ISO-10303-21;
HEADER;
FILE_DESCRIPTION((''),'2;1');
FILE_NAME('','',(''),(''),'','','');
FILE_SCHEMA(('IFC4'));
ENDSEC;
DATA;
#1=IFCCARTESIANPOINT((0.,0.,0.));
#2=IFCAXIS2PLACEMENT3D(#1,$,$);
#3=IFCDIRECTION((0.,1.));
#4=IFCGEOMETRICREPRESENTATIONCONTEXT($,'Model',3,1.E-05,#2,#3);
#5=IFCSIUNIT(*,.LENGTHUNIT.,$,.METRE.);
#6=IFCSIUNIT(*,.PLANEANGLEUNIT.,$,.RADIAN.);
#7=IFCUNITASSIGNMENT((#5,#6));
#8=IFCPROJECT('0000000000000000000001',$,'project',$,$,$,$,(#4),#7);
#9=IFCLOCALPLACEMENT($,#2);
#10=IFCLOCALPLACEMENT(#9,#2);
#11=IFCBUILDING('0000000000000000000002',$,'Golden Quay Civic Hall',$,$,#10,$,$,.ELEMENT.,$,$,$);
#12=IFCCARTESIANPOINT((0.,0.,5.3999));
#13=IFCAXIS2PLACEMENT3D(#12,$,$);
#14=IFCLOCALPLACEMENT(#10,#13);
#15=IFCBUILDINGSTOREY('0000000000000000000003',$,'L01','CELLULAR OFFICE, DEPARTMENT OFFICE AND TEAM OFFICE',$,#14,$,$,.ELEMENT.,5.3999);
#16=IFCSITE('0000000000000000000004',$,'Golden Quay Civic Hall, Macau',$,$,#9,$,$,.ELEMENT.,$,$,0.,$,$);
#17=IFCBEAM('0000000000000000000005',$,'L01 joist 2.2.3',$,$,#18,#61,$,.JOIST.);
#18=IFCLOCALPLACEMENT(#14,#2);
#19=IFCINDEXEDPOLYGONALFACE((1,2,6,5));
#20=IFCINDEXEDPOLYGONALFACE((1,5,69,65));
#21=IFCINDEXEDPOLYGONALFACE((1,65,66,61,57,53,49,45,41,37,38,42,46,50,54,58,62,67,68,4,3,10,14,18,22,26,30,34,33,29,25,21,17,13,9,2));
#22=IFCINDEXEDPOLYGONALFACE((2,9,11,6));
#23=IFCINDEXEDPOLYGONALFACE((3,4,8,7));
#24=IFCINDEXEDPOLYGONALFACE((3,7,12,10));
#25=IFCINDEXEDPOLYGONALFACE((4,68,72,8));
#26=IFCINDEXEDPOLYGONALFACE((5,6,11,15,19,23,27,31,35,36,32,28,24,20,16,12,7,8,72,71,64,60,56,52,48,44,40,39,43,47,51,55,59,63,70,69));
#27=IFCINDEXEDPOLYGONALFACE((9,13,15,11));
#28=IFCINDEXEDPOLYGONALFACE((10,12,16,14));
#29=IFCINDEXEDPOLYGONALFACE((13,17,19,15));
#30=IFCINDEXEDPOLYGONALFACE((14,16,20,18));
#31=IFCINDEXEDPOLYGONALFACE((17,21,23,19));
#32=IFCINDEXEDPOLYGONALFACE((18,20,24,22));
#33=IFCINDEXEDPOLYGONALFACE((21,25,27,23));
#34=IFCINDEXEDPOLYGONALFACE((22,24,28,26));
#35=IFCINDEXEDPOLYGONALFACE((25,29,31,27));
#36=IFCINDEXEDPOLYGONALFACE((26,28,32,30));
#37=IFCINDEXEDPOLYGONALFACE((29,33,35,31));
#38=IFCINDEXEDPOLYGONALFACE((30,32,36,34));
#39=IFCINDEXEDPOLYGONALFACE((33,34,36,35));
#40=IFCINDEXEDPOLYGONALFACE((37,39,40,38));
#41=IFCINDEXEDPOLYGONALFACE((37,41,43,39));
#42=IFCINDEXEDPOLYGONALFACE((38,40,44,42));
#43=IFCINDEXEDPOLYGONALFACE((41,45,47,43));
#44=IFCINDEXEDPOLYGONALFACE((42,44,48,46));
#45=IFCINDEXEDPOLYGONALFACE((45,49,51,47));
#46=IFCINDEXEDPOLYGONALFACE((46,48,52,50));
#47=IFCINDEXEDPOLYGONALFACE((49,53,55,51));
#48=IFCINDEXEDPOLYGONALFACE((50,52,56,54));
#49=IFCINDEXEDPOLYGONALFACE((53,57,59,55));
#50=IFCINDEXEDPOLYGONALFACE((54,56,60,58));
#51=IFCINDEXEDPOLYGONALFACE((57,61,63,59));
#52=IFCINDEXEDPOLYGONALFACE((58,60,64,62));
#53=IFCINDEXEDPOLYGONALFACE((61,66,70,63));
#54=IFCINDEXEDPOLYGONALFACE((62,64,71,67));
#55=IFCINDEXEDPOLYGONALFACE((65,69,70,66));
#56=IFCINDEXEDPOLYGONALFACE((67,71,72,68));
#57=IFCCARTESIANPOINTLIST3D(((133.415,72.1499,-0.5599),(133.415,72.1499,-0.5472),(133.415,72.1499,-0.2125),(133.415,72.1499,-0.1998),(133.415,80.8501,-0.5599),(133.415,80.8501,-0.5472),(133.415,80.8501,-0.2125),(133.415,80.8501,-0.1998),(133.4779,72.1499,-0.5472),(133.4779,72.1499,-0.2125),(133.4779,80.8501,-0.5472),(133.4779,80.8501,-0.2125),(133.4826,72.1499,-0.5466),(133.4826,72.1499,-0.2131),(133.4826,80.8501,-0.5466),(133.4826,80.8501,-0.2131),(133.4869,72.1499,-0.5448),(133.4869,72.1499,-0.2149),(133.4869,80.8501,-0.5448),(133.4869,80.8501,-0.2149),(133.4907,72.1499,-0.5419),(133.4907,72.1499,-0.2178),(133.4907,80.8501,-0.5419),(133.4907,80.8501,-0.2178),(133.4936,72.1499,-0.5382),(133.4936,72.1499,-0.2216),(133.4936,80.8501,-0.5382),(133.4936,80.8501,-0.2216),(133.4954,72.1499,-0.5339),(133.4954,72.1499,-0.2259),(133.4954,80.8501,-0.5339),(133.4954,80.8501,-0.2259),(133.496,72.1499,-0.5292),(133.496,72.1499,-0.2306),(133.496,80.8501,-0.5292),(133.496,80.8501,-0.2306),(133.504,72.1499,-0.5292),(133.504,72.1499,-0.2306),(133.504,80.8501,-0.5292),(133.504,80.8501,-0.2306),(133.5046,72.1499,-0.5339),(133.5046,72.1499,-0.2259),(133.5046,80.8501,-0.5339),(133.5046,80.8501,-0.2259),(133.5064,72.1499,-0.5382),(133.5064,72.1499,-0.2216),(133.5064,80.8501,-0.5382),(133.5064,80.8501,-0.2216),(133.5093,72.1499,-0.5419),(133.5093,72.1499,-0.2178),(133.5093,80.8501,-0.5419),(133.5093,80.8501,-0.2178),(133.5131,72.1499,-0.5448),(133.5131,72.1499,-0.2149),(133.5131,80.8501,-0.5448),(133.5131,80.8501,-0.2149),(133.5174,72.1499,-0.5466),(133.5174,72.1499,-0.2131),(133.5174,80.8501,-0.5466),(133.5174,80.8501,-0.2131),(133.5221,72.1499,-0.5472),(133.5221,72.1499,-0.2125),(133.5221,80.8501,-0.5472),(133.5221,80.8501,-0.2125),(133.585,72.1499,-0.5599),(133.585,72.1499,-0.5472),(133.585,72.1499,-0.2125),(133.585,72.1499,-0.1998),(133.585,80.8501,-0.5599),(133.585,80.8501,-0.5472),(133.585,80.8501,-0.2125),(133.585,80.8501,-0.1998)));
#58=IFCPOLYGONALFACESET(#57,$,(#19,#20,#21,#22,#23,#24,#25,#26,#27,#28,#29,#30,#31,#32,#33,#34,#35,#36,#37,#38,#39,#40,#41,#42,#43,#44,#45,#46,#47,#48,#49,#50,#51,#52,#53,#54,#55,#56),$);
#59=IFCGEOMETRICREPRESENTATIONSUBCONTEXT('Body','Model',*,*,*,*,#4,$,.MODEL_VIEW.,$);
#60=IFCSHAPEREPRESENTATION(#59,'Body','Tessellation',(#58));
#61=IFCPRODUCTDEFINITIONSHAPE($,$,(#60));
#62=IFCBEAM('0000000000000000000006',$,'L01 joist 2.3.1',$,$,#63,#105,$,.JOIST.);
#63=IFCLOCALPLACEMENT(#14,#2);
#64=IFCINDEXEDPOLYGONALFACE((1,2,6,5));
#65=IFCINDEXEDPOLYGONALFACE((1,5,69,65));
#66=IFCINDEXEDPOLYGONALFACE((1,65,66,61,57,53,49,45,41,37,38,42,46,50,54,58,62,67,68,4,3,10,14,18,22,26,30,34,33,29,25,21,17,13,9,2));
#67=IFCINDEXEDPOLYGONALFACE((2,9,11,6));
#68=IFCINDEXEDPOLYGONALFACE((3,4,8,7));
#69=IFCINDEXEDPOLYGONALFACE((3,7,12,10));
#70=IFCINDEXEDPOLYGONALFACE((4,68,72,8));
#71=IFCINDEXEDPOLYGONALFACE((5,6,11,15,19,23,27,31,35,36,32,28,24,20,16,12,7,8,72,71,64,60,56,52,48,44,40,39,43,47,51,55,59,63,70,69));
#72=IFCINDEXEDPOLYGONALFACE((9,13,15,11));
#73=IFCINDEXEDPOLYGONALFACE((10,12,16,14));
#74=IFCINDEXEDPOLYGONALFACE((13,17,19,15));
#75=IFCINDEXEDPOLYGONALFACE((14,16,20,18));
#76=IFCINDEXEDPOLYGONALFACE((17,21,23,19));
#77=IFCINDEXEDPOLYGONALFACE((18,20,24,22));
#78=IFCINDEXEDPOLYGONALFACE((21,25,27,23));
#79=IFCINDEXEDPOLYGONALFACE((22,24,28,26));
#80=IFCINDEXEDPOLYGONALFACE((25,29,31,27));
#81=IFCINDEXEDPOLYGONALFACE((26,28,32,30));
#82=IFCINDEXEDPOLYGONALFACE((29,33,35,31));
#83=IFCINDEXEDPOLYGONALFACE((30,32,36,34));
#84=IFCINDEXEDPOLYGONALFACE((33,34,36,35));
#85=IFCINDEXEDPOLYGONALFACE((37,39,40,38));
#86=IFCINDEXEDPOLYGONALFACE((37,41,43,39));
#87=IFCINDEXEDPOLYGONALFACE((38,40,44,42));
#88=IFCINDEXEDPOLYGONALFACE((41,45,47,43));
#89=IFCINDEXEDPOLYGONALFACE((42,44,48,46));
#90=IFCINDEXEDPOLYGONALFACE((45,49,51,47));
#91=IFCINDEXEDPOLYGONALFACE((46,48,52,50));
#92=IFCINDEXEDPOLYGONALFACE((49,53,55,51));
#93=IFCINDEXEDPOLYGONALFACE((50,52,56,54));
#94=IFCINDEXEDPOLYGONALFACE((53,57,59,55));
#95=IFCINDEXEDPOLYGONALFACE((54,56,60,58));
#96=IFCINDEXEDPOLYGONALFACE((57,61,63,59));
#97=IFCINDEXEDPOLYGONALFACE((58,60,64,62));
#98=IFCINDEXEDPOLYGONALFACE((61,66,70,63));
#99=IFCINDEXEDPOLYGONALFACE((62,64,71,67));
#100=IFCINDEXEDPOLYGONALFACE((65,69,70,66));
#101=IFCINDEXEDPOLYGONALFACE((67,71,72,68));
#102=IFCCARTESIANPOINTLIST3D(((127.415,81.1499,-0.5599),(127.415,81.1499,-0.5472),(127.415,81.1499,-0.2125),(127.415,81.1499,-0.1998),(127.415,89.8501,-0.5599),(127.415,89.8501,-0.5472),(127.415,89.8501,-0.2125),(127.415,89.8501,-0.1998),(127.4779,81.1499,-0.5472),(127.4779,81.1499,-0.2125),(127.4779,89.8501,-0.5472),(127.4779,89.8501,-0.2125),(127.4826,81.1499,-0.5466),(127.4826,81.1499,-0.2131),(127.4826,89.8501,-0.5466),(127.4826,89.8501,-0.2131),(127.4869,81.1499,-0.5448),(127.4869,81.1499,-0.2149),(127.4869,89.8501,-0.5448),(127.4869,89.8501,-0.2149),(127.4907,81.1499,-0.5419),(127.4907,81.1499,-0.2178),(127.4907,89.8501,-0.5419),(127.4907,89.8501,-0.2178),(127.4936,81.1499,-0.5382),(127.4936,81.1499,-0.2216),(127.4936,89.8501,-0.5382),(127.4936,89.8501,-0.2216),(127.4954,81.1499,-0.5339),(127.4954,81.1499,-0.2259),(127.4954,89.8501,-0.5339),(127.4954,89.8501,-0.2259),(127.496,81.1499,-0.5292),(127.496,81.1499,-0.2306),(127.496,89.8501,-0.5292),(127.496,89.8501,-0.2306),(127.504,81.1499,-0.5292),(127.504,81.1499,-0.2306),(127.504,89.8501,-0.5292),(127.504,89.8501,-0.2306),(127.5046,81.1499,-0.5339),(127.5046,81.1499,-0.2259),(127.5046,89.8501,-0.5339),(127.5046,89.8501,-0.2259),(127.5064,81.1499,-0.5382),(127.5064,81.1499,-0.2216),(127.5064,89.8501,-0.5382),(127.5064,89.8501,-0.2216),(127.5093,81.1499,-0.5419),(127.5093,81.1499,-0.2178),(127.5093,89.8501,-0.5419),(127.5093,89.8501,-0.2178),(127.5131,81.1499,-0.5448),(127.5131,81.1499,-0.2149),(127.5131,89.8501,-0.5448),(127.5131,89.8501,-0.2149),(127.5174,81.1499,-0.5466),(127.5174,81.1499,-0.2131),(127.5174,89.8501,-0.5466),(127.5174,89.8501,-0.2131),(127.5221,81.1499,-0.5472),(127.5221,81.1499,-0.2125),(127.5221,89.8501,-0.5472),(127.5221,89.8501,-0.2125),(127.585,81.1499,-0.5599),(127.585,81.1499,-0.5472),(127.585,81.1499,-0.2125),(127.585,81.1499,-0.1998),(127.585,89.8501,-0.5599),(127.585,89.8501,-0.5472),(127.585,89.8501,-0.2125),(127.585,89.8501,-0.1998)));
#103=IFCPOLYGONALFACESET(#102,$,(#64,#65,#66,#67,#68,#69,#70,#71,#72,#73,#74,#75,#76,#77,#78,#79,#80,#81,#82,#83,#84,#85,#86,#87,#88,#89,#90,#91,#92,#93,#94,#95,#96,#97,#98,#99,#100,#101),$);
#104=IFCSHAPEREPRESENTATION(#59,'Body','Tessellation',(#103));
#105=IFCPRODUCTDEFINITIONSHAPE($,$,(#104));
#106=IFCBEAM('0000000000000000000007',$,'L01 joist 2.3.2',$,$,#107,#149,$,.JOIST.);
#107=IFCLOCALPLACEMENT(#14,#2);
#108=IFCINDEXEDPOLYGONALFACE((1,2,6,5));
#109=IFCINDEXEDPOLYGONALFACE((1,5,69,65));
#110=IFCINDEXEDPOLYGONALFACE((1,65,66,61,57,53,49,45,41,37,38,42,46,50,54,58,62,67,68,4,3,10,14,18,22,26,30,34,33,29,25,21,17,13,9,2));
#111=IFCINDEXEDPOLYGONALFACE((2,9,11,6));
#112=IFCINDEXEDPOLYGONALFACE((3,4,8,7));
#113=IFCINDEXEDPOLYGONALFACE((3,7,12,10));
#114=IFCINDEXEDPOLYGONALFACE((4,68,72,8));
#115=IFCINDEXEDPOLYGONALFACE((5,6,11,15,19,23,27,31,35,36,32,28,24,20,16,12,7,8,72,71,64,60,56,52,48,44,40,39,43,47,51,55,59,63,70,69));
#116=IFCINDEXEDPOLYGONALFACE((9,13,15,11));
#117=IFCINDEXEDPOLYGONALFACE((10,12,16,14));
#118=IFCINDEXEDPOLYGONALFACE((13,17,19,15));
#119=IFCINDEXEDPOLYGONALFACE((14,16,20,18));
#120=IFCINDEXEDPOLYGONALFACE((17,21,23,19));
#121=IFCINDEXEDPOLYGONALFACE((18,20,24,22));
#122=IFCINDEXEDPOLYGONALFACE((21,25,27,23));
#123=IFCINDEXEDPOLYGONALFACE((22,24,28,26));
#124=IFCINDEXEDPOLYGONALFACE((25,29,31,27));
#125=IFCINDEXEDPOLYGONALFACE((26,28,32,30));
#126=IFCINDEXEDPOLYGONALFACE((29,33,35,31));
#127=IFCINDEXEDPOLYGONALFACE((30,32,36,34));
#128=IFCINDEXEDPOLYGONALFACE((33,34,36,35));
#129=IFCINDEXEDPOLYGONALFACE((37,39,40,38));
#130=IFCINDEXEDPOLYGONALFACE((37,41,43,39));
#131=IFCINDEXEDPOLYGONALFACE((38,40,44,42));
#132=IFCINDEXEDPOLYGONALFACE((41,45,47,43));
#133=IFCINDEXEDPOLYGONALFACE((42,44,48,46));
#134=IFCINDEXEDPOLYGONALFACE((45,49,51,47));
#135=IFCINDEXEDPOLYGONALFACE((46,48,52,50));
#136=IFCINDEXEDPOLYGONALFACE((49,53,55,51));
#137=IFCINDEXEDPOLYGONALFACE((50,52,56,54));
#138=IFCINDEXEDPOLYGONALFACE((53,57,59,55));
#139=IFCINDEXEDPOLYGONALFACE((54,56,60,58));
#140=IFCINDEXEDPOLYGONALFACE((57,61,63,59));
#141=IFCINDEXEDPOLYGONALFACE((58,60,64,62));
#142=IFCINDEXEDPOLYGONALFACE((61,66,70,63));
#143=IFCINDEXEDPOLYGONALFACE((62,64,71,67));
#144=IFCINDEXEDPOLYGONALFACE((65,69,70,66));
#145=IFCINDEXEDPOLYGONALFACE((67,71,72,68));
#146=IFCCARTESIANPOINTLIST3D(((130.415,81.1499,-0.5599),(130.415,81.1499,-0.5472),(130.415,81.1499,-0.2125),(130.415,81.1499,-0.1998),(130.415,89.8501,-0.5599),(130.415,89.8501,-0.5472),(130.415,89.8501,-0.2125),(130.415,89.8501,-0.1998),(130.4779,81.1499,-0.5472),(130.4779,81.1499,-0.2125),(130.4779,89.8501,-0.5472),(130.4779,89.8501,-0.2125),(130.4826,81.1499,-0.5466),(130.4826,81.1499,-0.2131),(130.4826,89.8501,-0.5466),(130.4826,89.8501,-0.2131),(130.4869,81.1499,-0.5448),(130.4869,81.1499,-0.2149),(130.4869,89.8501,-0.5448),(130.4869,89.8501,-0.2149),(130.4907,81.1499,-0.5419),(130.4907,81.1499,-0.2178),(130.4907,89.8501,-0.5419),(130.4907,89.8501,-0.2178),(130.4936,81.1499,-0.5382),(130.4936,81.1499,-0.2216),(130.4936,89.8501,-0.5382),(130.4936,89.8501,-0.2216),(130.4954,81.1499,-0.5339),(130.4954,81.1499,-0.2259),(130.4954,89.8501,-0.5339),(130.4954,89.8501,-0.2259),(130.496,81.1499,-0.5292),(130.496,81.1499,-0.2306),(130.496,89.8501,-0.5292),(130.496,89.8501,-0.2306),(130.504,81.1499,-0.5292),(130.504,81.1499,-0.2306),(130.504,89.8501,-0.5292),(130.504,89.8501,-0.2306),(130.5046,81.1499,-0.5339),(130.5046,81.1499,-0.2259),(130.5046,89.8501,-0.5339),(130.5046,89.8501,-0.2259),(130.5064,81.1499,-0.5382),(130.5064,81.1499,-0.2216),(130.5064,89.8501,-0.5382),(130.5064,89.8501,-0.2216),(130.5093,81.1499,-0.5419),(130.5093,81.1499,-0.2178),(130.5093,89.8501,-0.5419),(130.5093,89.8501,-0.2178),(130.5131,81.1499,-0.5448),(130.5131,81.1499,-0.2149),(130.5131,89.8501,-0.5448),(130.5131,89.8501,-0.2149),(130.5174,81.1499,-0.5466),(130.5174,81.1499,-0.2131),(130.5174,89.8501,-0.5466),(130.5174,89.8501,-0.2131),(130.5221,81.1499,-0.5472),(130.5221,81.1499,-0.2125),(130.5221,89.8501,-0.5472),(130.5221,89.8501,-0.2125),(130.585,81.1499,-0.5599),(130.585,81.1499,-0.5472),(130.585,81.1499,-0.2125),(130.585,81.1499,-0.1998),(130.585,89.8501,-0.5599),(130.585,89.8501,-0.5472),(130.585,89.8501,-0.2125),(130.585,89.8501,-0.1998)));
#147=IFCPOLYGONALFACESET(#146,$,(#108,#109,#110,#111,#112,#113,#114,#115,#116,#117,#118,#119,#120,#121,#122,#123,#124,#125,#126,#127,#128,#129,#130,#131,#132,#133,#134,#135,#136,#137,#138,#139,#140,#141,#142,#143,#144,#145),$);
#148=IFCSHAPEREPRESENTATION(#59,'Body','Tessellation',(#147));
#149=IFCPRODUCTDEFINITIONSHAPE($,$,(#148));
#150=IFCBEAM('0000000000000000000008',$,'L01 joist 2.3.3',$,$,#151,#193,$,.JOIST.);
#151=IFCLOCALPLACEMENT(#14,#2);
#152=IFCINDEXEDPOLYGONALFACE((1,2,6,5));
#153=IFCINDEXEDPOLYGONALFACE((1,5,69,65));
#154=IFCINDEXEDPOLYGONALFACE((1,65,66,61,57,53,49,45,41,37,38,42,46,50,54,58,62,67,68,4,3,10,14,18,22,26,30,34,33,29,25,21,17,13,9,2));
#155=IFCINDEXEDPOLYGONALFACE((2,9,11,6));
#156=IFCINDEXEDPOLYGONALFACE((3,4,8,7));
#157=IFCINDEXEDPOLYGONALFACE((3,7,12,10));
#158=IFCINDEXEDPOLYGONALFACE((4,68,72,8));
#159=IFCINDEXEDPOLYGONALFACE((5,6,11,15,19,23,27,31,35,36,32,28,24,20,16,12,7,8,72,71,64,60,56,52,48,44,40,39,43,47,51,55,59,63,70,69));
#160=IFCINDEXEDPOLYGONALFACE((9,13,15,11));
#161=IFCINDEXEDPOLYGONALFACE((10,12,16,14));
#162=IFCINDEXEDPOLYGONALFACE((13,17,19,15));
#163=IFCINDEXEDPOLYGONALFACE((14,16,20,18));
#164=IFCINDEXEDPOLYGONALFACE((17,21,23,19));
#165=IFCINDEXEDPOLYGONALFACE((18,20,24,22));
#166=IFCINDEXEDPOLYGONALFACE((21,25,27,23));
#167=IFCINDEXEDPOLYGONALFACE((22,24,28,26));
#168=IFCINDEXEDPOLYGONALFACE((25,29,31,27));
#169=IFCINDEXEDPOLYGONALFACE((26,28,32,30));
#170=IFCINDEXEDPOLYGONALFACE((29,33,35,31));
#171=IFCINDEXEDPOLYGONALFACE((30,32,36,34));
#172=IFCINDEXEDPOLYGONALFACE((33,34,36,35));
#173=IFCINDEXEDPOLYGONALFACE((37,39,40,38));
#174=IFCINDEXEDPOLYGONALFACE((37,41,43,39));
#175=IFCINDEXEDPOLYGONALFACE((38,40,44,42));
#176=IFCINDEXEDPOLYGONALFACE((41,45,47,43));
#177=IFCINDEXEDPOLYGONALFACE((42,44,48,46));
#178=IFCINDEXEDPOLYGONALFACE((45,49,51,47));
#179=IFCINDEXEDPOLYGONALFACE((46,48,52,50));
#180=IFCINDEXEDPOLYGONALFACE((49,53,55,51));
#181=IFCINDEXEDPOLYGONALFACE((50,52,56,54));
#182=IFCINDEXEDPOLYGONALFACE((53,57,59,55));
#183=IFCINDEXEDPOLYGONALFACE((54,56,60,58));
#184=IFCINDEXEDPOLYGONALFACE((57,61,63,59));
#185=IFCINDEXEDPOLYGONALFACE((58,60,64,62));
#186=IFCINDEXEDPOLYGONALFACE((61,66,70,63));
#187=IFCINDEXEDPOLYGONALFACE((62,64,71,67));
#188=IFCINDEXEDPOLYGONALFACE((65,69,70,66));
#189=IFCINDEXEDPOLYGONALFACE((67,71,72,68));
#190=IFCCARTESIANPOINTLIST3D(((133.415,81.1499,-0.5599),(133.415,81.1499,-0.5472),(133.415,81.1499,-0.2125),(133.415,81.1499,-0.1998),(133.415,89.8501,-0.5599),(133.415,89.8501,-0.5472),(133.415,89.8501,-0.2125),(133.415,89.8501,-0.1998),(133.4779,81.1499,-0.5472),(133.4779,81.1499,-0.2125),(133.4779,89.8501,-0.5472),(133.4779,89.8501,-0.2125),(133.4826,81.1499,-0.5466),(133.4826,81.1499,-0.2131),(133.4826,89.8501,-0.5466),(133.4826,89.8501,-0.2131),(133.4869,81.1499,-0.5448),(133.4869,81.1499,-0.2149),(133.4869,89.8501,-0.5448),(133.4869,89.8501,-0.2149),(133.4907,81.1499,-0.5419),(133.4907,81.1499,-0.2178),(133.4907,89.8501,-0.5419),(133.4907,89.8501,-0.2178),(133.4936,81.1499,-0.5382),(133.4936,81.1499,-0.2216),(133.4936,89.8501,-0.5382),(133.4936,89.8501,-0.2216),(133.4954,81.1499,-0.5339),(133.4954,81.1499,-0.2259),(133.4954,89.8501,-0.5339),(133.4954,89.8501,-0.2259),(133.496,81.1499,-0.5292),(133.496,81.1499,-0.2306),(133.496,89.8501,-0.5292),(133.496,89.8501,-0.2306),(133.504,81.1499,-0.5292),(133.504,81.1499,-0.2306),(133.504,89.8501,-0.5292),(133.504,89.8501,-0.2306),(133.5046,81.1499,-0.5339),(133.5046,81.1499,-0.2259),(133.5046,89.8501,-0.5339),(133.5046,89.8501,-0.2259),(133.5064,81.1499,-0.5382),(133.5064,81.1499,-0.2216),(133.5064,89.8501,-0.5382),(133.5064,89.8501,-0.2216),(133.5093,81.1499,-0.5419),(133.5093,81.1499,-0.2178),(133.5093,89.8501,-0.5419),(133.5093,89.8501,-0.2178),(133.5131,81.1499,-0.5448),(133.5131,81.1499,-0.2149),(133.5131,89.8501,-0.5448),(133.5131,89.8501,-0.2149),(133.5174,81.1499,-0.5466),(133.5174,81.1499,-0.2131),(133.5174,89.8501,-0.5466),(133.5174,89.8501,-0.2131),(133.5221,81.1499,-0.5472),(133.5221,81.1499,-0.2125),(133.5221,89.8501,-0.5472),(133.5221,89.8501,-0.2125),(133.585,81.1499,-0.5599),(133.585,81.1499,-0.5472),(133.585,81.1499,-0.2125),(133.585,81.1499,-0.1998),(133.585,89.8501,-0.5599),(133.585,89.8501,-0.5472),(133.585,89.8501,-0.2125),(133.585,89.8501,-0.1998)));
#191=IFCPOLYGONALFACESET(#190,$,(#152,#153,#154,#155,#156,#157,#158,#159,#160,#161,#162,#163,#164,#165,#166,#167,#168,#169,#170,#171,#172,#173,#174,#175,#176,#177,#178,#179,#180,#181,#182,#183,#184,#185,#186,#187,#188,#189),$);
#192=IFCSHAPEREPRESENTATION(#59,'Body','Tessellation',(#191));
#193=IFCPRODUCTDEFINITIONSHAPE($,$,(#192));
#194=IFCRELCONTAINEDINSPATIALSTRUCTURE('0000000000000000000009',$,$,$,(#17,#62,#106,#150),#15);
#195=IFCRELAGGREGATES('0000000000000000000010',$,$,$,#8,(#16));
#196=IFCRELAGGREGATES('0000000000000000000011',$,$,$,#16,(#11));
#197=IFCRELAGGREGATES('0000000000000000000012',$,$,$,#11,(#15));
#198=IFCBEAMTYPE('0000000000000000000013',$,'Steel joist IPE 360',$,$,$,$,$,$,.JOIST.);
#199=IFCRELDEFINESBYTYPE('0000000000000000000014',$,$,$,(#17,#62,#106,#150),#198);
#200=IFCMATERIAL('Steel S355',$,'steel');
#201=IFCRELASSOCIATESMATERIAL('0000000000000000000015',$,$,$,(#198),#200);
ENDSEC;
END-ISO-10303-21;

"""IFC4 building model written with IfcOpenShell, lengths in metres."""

from ifc_helpers import new_model, si_unit, direction, frame, origin, origin_2d, place, context, subcontext, project, spatial, i_section, extrude, material, material_profile, profile_set, type_object, element, save


model = new_model("IFC4")

# Units and contexts
model_context = context("Model", 3, precision=1e-05, world=origin(), true_north=direction((0.0, 1.0)))
body_context = subcontext(model_context, "Body", "Model", "MODEL_VIEW")
ifc_project = project(units=[si_unit("LENGTHUNIT", "METRE"), si_unit("PLANEANGLEUNIT", "RADIAN")], contexts=[model_context])

# Site, building, storey
site_placement = place(None, origin())
site = spatial("IfcSite", under=ifc_project, at=site_placement, Name="Golden Quay Civic Hall, Macau", CompositionType="ELEMENT", RefElevation=0.0)
building_placement = place(site_placement, origin())
building = spatial("IfcBuilding", under=site, at=building_placement, Name="Golden Quay Civic Hall", CompositionType="ELEMENT")
storey_placement = place(building_placement, frame((0.0, 0.0, 5.3999)))
storey = spatial("IfcBuildingStorey", under=building, at=storey_placement, Name="L01", Description="CELLULAR OFFICE, DEPARTMENT OFFICE AND TEAM OFFICE", CompositionType="ELEMENT", Elevation=5.3999)

# Beams
ifc_material_1 = material(Name="Steel S355", Category="steel")
ifc_material_profile_1 = material_profile(ifc_material_1, i_section(OverallWidth=0.1699, OverallDepth=0.3601, WebThickness=0.0081, FlangeThickness=0.0127, FilletRadius=0.0181, at=origin_2d()), Name="IPE 360")
ifc_profile_set_1 = profile_set([ifc_material_profile_1], Name="Steel S355")
beam_type_1 = type_object("IfcBeamType", Name="Steel joist IPE 360", PredefinedType="JOIST", material=ifc_profile_set_1)
for number, where, z_axis, x_axis, name in (
    (1, (133.5, 72.1499, -0.3799), (0.0, 1.0, 0.0), (-1.0, 0.0, 0.0), "L01 joist 2.2.3"),
    (2, (127.5, 81.1499, -0.3799), (0.0, 1.0, 0.0), (-1.0, 0.0, 0.0), "L01 joist 2.3.1"),
    (3, (130.5, 81.1499, -0.3799), (0.0, 1.0, 0.0), (-1.0, 0.0, 0.0), "L01 joist 2.3.2"),
    (4, (133.5, 81.1499, -0.3799), (0.0, 1.0, 0.0), (-1.0, 0.0, 0.0), "L01 joist 2.3.3"),
):
    element("IfcBeam", number, at=place(storey_placement, frame(where, z_axis=z_axis, x_axis=x_axis)), inside=storey, type_object=beam_type_1, Name=name, PredefinedType="JOIST", context=body_context, shape_type="SweptSolid", body=[
        extrude(i_section(OverallWidth=0.1699, OverallDepth=0.3601, WebThickness=0.0081, FlangeThickness=0.0127, FilletRadius=0.0181, at=origin_2d()), origin(), (0.0, 0.0, 1.0), 8.7002),
    ])

save(model, "model.ifc")
